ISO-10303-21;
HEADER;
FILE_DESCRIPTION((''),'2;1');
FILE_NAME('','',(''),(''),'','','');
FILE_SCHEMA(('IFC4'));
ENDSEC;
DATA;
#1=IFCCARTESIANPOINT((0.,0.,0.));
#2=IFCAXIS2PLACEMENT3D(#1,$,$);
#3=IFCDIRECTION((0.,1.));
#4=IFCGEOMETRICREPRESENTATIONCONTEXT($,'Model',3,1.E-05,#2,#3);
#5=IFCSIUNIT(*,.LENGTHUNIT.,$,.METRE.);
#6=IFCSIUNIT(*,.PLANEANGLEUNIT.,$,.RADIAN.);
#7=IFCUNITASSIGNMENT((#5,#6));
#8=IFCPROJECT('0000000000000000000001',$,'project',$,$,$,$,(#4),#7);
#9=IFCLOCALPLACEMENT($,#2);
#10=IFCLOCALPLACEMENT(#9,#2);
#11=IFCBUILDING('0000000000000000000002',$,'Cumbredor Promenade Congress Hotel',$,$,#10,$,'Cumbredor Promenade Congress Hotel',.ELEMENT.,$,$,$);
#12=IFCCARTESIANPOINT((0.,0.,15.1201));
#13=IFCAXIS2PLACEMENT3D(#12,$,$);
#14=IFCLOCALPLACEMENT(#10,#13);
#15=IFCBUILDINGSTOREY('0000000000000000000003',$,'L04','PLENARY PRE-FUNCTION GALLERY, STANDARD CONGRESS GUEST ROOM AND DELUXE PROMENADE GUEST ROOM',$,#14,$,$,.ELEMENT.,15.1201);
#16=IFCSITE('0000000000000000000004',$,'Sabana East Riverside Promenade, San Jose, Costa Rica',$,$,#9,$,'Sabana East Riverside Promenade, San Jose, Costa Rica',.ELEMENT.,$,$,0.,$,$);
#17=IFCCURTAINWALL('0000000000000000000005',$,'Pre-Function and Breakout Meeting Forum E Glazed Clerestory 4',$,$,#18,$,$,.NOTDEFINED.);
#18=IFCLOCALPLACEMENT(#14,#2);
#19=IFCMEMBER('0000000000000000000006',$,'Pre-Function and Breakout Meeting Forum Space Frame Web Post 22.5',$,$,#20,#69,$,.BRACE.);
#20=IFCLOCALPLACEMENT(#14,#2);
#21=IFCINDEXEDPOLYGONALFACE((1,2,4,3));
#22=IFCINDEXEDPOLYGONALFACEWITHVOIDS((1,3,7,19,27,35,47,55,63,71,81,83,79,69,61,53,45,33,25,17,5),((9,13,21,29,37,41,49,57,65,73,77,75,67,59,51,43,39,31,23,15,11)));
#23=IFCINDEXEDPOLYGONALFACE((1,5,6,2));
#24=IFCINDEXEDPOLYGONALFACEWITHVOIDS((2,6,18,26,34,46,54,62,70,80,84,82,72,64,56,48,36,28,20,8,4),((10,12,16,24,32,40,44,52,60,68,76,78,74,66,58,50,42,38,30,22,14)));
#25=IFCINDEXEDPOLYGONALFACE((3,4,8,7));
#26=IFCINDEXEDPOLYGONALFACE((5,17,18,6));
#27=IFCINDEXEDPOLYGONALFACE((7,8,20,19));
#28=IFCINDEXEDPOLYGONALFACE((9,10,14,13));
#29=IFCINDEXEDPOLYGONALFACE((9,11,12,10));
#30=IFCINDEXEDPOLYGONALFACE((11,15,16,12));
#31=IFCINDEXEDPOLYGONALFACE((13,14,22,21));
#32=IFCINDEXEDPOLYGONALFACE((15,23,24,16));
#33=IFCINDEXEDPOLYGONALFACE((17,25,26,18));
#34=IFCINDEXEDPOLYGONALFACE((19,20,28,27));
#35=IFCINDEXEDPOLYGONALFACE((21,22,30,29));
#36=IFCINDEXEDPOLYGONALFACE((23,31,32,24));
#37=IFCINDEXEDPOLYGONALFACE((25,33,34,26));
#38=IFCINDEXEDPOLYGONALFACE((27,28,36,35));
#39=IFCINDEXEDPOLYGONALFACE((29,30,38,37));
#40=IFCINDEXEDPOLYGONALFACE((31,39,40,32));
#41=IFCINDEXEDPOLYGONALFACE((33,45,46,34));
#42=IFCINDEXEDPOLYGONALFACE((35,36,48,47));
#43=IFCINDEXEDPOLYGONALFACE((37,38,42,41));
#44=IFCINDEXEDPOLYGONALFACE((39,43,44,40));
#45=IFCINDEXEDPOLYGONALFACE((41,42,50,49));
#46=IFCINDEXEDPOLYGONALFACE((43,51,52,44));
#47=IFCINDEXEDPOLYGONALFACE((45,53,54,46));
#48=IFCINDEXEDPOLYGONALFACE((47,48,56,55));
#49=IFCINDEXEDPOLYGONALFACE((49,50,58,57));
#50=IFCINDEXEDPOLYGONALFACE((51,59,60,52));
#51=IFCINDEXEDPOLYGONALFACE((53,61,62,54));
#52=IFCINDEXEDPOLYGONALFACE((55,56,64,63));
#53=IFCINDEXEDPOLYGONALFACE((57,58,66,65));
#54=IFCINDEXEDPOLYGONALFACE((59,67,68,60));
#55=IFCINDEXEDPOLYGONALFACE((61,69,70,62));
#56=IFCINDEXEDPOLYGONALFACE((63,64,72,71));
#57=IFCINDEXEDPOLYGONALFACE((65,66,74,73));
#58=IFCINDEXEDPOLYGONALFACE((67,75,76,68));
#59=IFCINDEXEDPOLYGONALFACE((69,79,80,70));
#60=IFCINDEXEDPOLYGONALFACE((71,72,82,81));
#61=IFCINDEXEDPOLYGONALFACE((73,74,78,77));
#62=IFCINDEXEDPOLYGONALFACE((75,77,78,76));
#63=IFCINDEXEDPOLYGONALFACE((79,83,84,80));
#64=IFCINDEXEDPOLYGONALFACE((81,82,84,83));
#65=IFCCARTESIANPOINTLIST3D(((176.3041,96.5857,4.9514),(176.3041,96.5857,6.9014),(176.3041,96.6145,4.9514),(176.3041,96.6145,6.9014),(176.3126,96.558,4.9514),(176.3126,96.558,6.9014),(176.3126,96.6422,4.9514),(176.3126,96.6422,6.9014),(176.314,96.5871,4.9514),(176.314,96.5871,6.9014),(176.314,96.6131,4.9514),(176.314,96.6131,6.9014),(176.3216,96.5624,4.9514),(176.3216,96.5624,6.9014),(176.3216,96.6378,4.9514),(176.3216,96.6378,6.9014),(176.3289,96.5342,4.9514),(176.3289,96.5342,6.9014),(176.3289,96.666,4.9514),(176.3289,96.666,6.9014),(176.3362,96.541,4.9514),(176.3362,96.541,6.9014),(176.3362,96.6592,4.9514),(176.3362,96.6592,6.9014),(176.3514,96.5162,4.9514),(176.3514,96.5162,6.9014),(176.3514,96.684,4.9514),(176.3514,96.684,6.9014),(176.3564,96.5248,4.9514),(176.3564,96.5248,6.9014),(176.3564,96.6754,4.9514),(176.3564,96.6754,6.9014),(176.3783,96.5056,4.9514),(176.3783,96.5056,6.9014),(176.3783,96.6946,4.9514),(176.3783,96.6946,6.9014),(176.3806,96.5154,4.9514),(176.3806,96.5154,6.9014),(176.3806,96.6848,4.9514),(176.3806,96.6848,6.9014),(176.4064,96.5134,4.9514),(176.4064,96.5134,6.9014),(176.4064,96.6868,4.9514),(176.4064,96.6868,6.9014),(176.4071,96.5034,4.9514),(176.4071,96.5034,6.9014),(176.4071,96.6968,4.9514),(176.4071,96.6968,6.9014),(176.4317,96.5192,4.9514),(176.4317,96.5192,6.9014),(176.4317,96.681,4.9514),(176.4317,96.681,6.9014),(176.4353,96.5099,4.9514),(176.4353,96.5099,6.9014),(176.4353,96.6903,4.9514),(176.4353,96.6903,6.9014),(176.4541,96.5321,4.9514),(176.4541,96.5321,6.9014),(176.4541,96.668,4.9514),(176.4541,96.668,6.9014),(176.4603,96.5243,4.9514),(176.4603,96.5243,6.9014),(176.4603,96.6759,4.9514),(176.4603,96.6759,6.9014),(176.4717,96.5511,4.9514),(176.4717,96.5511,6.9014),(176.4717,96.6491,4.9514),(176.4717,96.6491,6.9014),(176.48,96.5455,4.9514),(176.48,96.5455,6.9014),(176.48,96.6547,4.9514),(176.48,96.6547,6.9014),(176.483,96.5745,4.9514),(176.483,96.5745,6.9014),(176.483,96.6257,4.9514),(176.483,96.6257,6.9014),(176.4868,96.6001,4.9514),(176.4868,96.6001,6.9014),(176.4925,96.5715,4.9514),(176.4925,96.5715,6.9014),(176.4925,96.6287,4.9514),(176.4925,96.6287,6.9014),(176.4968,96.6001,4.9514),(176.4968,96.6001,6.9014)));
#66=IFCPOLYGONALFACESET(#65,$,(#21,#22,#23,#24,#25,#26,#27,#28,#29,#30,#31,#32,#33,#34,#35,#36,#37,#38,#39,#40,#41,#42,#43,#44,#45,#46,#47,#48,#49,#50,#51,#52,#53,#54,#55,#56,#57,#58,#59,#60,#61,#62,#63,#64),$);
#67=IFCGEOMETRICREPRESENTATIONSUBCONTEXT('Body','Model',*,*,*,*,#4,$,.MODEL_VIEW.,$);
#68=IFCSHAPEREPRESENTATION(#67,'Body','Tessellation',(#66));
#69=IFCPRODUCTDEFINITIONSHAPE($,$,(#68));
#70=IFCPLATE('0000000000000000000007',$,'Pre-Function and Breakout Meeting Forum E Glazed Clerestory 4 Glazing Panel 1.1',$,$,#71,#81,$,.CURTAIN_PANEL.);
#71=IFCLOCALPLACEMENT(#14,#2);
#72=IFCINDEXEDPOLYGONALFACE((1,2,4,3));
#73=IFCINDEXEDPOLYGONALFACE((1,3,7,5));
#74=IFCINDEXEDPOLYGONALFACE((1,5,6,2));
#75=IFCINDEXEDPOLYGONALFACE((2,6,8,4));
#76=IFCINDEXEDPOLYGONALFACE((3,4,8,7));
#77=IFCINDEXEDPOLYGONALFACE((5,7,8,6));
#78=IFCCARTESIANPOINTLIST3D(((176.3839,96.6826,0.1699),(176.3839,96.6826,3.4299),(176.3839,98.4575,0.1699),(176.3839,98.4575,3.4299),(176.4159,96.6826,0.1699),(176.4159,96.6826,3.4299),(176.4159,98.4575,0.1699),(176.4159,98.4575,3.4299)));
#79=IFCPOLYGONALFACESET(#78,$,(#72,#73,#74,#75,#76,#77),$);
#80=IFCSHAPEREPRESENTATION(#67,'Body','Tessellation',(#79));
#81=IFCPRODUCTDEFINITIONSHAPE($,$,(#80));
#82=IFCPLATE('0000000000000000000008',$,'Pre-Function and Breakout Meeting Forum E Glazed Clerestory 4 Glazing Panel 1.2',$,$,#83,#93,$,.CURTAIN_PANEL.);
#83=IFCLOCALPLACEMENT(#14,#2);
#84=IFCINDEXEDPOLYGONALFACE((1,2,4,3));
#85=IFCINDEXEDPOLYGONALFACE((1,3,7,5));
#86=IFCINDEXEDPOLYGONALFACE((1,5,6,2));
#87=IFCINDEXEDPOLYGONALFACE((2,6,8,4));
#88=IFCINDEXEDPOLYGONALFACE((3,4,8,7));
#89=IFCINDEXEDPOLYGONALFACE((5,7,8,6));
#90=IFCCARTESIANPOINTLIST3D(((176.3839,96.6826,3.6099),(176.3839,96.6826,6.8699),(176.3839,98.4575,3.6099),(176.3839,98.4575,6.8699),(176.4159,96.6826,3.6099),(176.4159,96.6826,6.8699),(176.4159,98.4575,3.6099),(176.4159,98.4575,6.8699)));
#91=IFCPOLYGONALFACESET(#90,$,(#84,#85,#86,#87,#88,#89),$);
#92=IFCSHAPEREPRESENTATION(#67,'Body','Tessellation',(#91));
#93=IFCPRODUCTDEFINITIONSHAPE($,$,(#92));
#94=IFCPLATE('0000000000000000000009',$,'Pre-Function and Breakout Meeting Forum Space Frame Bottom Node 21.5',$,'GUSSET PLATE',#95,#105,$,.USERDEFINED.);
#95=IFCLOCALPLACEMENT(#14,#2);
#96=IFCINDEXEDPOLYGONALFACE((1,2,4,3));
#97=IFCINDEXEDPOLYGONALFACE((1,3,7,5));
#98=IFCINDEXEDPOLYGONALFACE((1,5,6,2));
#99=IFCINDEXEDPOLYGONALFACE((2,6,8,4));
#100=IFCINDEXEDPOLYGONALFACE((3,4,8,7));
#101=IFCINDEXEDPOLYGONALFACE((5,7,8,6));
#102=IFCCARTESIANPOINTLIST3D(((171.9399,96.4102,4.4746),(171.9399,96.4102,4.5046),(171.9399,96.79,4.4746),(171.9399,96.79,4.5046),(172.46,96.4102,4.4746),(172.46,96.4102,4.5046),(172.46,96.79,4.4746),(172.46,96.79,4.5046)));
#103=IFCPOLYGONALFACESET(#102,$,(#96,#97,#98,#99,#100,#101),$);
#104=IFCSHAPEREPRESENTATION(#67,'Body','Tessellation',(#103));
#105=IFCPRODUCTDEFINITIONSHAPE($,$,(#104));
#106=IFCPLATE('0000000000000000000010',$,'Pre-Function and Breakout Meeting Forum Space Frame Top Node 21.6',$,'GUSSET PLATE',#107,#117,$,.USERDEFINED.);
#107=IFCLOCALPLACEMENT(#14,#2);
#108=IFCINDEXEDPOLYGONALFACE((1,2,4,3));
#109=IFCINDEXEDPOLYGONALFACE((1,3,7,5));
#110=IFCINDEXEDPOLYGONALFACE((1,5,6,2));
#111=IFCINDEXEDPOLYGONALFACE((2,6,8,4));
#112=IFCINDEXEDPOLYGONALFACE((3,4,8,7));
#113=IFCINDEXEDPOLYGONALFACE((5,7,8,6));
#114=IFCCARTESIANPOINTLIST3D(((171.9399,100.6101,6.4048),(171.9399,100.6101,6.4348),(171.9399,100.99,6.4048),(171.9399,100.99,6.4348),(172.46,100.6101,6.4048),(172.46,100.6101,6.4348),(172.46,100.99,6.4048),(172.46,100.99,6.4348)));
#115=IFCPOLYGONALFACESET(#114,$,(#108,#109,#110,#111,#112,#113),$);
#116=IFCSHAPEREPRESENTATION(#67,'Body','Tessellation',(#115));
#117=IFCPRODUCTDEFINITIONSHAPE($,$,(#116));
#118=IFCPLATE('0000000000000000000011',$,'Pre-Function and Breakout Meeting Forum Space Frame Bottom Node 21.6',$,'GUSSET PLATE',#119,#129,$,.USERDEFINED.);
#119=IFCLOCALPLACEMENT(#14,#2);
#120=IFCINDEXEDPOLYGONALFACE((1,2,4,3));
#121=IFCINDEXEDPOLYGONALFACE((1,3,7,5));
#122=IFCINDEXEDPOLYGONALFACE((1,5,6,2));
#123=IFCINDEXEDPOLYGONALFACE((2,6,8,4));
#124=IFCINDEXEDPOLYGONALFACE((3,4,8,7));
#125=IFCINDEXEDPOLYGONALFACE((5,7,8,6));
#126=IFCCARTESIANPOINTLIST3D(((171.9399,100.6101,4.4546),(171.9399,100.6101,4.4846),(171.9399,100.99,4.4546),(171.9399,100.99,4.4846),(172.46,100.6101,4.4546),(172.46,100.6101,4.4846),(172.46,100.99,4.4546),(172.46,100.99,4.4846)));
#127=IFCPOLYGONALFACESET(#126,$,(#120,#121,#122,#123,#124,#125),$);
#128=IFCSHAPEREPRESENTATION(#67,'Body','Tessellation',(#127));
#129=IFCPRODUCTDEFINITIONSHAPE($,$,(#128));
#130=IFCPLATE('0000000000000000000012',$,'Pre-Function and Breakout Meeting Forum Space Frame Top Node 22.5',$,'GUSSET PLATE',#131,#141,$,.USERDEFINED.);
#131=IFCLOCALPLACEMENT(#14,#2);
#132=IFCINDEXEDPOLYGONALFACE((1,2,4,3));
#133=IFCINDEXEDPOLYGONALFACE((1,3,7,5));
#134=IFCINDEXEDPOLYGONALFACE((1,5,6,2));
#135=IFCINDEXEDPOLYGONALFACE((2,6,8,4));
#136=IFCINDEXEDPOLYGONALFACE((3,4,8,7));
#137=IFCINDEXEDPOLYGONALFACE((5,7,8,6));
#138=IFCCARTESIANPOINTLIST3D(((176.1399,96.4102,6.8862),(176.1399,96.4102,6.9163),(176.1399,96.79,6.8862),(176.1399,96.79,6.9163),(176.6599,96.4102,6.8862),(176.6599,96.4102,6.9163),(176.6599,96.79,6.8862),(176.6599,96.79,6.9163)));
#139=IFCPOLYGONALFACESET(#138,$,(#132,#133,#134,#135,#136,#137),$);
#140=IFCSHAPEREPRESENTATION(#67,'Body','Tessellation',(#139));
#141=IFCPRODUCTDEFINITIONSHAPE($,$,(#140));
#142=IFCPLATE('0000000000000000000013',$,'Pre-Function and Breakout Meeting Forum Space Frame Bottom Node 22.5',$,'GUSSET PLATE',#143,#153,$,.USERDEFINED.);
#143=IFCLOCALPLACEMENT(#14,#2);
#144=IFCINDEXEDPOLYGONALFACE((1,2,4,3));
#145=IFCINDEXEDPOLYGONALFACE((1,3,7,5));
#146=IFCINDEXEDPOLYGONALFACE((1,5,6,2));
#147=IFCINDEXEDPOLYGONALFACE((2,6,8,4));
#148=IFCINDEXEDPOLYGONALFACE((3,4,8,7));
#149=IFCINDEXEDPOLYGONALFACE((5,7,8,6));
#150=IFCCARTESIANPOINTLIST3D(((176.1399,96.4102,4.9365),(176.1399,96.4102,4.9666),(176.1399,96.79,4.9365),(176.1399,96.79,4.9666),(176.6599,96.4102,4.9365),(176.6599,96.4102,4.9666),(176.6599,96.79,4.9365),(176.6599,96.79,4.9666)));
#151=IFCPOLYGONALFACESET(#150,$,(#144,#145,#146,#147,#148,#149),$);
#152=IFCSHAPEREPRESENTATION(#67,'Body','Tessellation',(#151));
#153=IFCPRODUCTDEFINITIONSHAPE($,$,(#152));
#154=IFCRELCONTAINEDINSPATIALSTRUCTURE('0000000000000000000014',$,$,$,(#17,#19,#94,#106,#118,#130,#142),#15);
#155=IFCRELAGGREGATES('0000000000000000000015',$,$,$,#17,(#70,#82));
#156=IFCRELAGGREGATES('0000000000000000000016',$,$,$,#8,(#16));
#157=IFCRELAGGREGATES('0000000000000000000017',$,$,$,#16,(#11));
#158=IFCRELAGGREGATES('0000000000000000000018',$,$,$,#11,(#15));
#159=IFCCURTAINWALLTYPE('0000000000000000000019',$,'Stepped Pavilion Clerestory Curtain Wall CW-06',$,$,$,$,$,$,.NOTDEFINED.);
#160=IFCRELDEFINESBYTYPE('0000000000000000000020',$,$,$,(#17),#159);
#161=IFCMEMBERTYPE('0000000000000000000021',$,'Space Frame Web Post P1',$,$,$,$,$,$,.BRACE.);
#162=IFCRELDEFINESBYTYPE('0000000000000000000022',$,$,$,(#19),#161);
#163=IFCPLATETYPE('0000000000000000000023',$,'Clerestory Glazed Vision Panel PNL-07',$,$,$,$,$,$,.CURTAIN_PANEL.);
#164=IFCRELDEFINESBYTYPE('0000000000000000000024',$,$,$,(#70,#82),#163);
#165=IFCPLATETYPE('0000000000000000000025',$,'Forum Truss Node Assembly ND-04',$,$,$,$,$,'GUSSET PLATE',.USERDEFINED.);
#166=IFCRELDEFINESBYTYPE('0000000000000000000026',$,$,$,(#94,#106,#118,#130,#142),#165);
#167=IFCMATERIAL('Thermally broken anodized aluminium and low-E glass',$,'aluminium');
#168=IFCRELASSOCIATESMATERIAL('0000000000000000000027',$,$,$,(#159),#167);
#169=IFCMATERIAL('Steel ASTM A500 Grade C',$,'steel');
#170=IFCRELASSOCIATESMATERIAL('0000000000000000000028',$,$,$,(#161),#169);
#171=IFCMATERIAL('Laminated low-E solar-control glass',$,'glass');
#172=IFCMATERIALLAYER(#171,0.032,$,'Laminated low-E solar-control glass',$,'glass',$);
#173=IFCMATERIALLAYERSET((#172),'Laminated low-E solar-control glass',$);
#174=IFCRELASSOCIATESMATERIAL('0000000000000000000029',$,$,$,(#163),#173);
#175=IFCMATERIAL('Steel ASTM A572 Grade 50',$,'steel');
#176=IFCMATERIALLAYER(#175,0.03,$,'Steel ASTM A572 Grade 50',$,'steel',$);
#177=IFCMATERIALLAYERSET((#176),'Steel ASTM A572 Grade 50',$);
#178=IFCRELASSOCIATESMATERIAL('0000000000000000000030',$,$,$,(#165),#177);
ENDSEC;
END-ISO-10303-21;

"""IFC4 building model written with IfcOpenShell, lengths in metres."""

from ifc_helpers import new_model, si_unit, direction, frame, origin, origin_2d, place, context, subcontext, project, spatial, rectangle, hollow_circle, extrude, material, layer, layer_set, material_profile, profile_set, type_object, element, aggregate, save


model = new_model("IFC4")

# Units and contexts
model_context = context("Model", 3, precision=1e-05, world=origin(), true_north=direction((0.0, 1.0)))
body_context = subcontext(model_context, "Body", "Model", "MODEL_VIEW")
ifc_project = project(units=[si_unit("LENGTHUNIT", "METRE"), si_unit("PLANEANGLEUNIT", "RADIAN")], contexts=[model_context])

# Site, building, storey
site_placement = place(None, origin())
site = spatial("IfcSite", under=ifc_project, at=site_placement, Name="Sabana East Riverside Promenade, San Jose, Costa Rica", LongName="Sabana East Riverside Promenade, San Jose, Costa Rica", CompositionType="ELEMENT", RefElevation=0.0)
building_placement = place(site_placement, origin())
building = spatial("IfcBuilding", under=site, at=building_placement, Name="Cumbredor Promenade Congress Hotel", LongName="Cumbredor Promenade Congress Hotel", CompositionType="ELEMENT")
storey_placement = place(building_placement, frame((0.0, 0.0, 15.1201)))
storey = spatial("IfcBuildingStorey", under=building, at=storey_placement, Name="L04", Description="PLENARY PRE-FUNCTION GALLERY, STANDARD CONGRESS GUEST ROOM AND DELUXE PROMENADE GUEST ROOM", CompositionType="ELEMENT", Elevation=15.1201)

# Curtain wall
ifc_material_1 = material(Name="Thermally broken anodized aluminium and low-E glass", Category="aluminium")
curtain_wall_type = type_object("IfcCurtainWallType", Name="Stepped Pavilion Clerestory Curtain Wall CW-06", PredefinedType="NOTDEFINED", material=ifc_material_1)
curtain_wall_placement = place(storey_placement, origin())
curtain_wall = element("IfcCurtainWall", 1, at=curtain_wall_placement, inside=storey, type_object=curtain_wall_type, Name="Pre-Function and Breakout Meeting Forum E Glazed Clerestory 4", PredefinedType="NOTDEFINED")

# Member
ifc_material_2 = material(Name="Steel ASTM A500 Grade C", Category="steel")
ifc_material_profile_1 = material_profile(ifc_material_2, hollow_circle(Radius=0.0969, WallThickness=0.01, at=origin_2d()), Name="CHS 193.7x10")
ifc_profile_set_1 = profile_set([ifc_material_profile_1], Name="Steel ASTM A500 Grade C")
member_type_1 = type_object("IfcMemberType", Name="Space Frame Web Post P1", PredefinedType="BRACE", material=ifc_profile_set_1)
for number, where, z_axis, x_axis, name in (
    (2, (176.3999, 96.6001, 4.9514), (0.0, 0.0, 1.0), (1.0, 0.0, 0.0), "Pre-Function and Breakout Meeting Forum Space Frame Web Post 22.5"),
):
    element("IfcMember", number, at=place(storey_placement, frame(where, z_axis=z_axis, x_axis=x_axis)), inside=storey, type_object=member_type_1, Name=name, PredefinedType="BRACE", context=body_context, shape_type="SweptSolid", body=[
        extrude(hollow_circle(Radius=0.0969, WallThickness=0.01, at=origin_2d()), origin(), (0.0, 0.0, 1.0), 1.95),
    ])

# Plates
ifc_material_3 = material(Name="Laminated low-E solar-control glass", Category="glass")
ifc_layer_1 = layer(ifc_material_3, 0.032, Name="Laminated low-E solar-control glass", Category="glass")
ifc_layer_set_1 = layer_set([ifc_layer_1], Name="Laminated low-E solar-control glass")
plate_type_1 = type_object("IfcPlateType", Name="Clerestory Glazed Vision Panel PNL-07", PredefinedType="CURTAIN_PANEL", material=ifc_layer_set_1)
plate_1_placement = place(storey_placement, frame((176.3999, 97.5701, 0.1699), z_axis=(0.0, 0.0, 1.0), x_axis=(0.0, 1.0, 0.0)))
plate_1 = element("IfcPlate", 3, at=plate_1_placement, type_object=plate_type_1, Name="Pre-Function and Breakout Meeting Forum E Glazed Clerestory 4 Glazing Panel 1.1", PredefinedType="CURTAIN_PANEL", context=body_context, shape_type="SweptSolid", body=[
    extrude(rectangle(XDim=1.7749, YDim=0.032, at=origin_2d()), origin(), (0.0, 0.0, 1.0), 3.26),
])
plate_2_placement = place(storey_placement, frame((176.3999, 97.5701, 3.6099), z_axis=(0.0, 0.0, 1.0), x_axis=(0.0, 1.0, 0.0)))
plate_2 = element("IfcPlate", 4, at=plate_2_placement, type_object=plate_type_1, Name="Pre-Function and Breakout Meeting Forum E Glazed Clerestory 4 Glazing Panel 1.2", PredefinedType="CURTAIN_PANEL", context=body_context, shape_type="SweptSolid", body=[
    extrude(rectangle(XDim=1.7749, YDim=0.032, at=origin_2d()), origin(), (0.0, 0.0, 1.0), 3.26),
])
aggregate(curtain_wall, [plate_1, plate_2])

# Plates
ifc_material_4 = material(Name="Steel ASTM A572 Grade 50", Category="steel")
ifc_layer_2 = layer(ifc_material_4, 0.03, Name="Steel ASTM A572 Grade 50", Category="steel")
ifc_layer_set_2 = layer_set([ifc_layer_2], Name="Steel ASTM A572 Grade 50")
plate_type_2 = type_object("IfcPlateType", Name="Forum Truss Node Assembly ND-04", ElementType="GUSSET PLATE", PredefinedType="USERDEFINED", material=ifc_layer_set_2)
for number, where, z_axis, x_axis, name in (
    (5, (172.2, 96.6001, 4.4746), (0.0, 0.0, 1.0), (1.0, 0.0, 0.0), "Pre-Function and Breakout Meeting Forum Space Frame Bottom Node 21.5"),
    (6, (172.2, 100.8, 6.4048), (0.0, 0.0, 1.0), (1.0, 0.0, 0.0), "Pre-Function and Breakout Meeting Forum Space Frame Top Node 21.6"),
    (7, (172.2, 100.8, 4.4546), (0.0, 0.0, 1.0), (1.0, 0.0, 0.0), "Pre-Function and Breakout Meeting Forum Space Frame Bottom Node 21.6"),
    (8, (176.3999, 96.6001, 6.8862), (0.0, 0.0, 1.0), (1.0, 0.0, 0.0), "Pre-Function and Breakout Meeting Forum Space Frame Top Node 22.5"),
    (9, (176.3999, 96.6001, 4.9365), (0.0, 0.0, 1.0), (1.0, 0.0, 0.0), "Pre-Function and Breakout Meeting Forum Space Frame Bottom Node 22.5"),
):
    element("IfcPlate", number, at=place(storey_placement, frame(where, z_axis=z_axis, x_axis=x_axis)), inside=storey, type_object=plate_type_2, Name=name, ObjectType="GUSSET PLATE", PredefinedType="USERDEFINED", context=body_context, shape_type="SweptSolid", body=[
        extrude(rectangle(XDim=0.52, YDim=0.3799, at=origin_2d()), origin(), (0.0, 0.0, 1.0), 0.03),
    ])

save(model, "model.ifc")
